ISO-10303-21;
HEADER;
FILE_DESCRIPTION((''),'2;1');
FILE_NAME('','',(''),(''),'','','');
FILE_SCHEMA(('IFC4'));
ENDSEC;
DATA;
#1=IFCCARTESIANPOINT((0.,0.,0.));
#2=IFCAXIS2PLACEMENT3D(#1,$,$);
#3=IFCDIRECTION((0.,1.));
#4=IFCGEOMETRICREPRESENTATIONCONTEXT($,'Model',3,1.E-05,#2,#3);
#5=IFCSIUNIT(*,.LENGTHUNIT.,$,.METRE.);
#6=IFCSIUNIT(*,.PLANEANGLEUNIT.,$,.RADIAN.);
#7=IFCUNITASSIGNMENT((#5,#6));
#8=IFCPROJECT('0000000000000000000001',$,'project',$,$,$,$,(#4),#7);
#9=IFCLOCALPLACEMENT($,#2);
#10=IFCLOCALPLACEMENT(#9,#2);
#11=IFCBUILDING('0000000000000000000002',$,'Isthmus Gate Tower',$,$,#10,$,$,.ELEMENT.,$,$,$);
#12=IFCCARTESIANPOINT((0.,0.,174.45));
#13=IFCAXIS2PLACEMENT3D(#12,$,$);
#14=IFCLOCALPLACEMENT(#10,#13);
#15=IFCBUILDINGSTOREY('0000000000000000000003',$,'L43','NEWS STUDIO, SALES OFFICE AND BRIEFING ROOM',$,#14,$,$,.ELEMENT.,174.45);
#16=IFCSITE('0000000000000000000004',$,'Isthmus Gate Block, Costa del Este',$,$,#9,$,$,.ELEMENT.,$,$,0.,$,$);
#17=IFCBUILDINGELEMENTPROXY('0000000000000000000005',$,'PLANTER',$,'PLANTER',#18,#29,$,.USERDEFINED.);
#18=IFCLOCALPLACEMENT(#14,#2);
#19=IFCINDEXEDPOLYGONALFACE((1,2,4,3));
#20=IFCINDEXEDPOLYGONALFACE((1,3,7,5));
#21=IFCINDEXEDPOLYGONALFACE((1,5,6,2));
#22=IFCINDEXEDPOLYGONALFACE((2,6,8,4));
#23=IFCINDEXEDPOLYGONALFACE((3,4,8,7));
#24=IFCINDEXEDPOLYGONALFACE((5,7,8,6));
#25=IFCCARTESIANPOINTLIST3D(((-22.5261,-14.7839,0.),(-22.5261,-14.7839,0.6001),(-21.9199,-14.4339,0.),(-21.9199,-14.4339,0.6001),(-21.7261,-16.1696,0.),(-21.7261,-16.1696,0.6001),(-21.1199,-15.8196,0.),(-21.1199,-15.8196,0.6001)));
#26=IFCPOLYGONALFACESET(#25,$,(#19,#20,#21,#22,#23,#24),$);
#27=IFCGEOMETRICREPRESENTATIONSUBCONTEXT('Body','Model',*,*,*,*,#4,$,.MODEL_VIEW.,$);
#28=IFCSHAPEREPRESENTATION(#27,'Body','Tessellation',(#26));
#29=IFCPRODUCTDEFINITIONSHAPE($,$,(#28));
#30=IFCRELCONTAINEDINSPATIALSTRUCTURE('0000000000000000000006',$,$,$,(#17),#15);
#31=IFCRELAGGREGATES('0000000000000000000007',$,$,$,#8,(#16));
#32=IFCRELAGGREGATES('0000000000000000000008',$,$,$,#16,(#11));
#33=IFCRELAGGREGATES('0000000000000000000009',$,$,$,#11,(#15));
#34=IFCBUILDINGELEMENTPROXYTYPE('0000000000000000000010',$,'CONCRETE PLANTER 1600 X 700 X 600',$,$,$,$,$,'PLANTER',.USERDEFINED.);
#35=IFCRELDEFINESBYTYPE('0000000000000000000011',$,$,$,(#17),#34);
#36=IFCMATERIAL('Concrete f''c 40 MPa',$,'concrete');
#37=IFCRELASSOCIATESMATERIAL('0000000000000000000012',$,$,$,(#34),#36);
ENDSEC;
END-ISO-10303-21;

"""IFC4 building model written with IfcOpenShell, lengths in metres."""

from ifc_helpers import new_model, si_unit, direction, frame, origin, origin_2d, place, context, subcontext, project, spatial, rectangle, extrude, material, type_object, element, save


model = new_model("IFC4")

# Units and contexts
model_context = context("Model", 3, precision=1e-05, world=origin(), true_north=direction((0.0, 1.0)))
body_context = subcontext(model_context, "Body", "Model", "MODEL_VIEW")
ifc_project = project(units=[si_unit("LENGTHUNIT", "METRE"), si_unit("PLANEANGLEUNIT", "RADIAN")], contexts=[model_context])

# Site, building, storey
site_placement = place(None, origin())
site = spatial("IfcSite", under=ifc_project, at=site_placement, Name="Isthmus Gate Block, Costa del Este", CompositionType="ELEMENT", RefElevation=0.0)
building_placement = place(site_placement, origin())
building = spatial("IfcBuilding", under=site, at=building_placement, Name="Isthmus Gate Tower", CompositionType="ELEMENT")
storey_placement = place(building_placement, frame((0.0, 0.0, 174.45)))
storey = spatial("IfcBuildingStorey", under=building, at=storey_placement, Name="L43", Description="NEWS STUDIO, SALES OFFICE AND BRIEFING ROOM", CompositionType="ELEMENT", Elevation=174.45)

# Building element proxy
ifc_material_1 = material(Name="Concrete f'c 40 MPa", Category="concrete")
building_element_proxy_type = type_object("IfcBuildingElementProxyType", Name="CONCRETE PLANTER 1600 X 700 X 600", ElementType="PLANTER", PredefinedType="USERDEFINED", material=ifc_material_1)
for number, where, z_axis, x_axis, name in (
    (1, (-21.823, -15.3018, 0.0), (0.0, 0.0, 1.0), (0.5, -0.866025, 0.0), "PLANTER"),
):
    element("IfcBuildingElementProxy", number, at=place(storey_placement, frame(where, z_axis=z_axis, x_axis=x_axis)), inside=storey, type_object=building_element_proxy_type, Name=name, ObjectType="PLANTER", PredefinedType="USERDEFINED", context=body_context, shape_type="SweptSolid", body=[
        extrude(rectangle(XDim=1.6001, YDim=0.7, at=origin_2d()), origin(), (0.0, 0.0, 1.0), 0.6001),
    ])

save(model, "model.ifc")
